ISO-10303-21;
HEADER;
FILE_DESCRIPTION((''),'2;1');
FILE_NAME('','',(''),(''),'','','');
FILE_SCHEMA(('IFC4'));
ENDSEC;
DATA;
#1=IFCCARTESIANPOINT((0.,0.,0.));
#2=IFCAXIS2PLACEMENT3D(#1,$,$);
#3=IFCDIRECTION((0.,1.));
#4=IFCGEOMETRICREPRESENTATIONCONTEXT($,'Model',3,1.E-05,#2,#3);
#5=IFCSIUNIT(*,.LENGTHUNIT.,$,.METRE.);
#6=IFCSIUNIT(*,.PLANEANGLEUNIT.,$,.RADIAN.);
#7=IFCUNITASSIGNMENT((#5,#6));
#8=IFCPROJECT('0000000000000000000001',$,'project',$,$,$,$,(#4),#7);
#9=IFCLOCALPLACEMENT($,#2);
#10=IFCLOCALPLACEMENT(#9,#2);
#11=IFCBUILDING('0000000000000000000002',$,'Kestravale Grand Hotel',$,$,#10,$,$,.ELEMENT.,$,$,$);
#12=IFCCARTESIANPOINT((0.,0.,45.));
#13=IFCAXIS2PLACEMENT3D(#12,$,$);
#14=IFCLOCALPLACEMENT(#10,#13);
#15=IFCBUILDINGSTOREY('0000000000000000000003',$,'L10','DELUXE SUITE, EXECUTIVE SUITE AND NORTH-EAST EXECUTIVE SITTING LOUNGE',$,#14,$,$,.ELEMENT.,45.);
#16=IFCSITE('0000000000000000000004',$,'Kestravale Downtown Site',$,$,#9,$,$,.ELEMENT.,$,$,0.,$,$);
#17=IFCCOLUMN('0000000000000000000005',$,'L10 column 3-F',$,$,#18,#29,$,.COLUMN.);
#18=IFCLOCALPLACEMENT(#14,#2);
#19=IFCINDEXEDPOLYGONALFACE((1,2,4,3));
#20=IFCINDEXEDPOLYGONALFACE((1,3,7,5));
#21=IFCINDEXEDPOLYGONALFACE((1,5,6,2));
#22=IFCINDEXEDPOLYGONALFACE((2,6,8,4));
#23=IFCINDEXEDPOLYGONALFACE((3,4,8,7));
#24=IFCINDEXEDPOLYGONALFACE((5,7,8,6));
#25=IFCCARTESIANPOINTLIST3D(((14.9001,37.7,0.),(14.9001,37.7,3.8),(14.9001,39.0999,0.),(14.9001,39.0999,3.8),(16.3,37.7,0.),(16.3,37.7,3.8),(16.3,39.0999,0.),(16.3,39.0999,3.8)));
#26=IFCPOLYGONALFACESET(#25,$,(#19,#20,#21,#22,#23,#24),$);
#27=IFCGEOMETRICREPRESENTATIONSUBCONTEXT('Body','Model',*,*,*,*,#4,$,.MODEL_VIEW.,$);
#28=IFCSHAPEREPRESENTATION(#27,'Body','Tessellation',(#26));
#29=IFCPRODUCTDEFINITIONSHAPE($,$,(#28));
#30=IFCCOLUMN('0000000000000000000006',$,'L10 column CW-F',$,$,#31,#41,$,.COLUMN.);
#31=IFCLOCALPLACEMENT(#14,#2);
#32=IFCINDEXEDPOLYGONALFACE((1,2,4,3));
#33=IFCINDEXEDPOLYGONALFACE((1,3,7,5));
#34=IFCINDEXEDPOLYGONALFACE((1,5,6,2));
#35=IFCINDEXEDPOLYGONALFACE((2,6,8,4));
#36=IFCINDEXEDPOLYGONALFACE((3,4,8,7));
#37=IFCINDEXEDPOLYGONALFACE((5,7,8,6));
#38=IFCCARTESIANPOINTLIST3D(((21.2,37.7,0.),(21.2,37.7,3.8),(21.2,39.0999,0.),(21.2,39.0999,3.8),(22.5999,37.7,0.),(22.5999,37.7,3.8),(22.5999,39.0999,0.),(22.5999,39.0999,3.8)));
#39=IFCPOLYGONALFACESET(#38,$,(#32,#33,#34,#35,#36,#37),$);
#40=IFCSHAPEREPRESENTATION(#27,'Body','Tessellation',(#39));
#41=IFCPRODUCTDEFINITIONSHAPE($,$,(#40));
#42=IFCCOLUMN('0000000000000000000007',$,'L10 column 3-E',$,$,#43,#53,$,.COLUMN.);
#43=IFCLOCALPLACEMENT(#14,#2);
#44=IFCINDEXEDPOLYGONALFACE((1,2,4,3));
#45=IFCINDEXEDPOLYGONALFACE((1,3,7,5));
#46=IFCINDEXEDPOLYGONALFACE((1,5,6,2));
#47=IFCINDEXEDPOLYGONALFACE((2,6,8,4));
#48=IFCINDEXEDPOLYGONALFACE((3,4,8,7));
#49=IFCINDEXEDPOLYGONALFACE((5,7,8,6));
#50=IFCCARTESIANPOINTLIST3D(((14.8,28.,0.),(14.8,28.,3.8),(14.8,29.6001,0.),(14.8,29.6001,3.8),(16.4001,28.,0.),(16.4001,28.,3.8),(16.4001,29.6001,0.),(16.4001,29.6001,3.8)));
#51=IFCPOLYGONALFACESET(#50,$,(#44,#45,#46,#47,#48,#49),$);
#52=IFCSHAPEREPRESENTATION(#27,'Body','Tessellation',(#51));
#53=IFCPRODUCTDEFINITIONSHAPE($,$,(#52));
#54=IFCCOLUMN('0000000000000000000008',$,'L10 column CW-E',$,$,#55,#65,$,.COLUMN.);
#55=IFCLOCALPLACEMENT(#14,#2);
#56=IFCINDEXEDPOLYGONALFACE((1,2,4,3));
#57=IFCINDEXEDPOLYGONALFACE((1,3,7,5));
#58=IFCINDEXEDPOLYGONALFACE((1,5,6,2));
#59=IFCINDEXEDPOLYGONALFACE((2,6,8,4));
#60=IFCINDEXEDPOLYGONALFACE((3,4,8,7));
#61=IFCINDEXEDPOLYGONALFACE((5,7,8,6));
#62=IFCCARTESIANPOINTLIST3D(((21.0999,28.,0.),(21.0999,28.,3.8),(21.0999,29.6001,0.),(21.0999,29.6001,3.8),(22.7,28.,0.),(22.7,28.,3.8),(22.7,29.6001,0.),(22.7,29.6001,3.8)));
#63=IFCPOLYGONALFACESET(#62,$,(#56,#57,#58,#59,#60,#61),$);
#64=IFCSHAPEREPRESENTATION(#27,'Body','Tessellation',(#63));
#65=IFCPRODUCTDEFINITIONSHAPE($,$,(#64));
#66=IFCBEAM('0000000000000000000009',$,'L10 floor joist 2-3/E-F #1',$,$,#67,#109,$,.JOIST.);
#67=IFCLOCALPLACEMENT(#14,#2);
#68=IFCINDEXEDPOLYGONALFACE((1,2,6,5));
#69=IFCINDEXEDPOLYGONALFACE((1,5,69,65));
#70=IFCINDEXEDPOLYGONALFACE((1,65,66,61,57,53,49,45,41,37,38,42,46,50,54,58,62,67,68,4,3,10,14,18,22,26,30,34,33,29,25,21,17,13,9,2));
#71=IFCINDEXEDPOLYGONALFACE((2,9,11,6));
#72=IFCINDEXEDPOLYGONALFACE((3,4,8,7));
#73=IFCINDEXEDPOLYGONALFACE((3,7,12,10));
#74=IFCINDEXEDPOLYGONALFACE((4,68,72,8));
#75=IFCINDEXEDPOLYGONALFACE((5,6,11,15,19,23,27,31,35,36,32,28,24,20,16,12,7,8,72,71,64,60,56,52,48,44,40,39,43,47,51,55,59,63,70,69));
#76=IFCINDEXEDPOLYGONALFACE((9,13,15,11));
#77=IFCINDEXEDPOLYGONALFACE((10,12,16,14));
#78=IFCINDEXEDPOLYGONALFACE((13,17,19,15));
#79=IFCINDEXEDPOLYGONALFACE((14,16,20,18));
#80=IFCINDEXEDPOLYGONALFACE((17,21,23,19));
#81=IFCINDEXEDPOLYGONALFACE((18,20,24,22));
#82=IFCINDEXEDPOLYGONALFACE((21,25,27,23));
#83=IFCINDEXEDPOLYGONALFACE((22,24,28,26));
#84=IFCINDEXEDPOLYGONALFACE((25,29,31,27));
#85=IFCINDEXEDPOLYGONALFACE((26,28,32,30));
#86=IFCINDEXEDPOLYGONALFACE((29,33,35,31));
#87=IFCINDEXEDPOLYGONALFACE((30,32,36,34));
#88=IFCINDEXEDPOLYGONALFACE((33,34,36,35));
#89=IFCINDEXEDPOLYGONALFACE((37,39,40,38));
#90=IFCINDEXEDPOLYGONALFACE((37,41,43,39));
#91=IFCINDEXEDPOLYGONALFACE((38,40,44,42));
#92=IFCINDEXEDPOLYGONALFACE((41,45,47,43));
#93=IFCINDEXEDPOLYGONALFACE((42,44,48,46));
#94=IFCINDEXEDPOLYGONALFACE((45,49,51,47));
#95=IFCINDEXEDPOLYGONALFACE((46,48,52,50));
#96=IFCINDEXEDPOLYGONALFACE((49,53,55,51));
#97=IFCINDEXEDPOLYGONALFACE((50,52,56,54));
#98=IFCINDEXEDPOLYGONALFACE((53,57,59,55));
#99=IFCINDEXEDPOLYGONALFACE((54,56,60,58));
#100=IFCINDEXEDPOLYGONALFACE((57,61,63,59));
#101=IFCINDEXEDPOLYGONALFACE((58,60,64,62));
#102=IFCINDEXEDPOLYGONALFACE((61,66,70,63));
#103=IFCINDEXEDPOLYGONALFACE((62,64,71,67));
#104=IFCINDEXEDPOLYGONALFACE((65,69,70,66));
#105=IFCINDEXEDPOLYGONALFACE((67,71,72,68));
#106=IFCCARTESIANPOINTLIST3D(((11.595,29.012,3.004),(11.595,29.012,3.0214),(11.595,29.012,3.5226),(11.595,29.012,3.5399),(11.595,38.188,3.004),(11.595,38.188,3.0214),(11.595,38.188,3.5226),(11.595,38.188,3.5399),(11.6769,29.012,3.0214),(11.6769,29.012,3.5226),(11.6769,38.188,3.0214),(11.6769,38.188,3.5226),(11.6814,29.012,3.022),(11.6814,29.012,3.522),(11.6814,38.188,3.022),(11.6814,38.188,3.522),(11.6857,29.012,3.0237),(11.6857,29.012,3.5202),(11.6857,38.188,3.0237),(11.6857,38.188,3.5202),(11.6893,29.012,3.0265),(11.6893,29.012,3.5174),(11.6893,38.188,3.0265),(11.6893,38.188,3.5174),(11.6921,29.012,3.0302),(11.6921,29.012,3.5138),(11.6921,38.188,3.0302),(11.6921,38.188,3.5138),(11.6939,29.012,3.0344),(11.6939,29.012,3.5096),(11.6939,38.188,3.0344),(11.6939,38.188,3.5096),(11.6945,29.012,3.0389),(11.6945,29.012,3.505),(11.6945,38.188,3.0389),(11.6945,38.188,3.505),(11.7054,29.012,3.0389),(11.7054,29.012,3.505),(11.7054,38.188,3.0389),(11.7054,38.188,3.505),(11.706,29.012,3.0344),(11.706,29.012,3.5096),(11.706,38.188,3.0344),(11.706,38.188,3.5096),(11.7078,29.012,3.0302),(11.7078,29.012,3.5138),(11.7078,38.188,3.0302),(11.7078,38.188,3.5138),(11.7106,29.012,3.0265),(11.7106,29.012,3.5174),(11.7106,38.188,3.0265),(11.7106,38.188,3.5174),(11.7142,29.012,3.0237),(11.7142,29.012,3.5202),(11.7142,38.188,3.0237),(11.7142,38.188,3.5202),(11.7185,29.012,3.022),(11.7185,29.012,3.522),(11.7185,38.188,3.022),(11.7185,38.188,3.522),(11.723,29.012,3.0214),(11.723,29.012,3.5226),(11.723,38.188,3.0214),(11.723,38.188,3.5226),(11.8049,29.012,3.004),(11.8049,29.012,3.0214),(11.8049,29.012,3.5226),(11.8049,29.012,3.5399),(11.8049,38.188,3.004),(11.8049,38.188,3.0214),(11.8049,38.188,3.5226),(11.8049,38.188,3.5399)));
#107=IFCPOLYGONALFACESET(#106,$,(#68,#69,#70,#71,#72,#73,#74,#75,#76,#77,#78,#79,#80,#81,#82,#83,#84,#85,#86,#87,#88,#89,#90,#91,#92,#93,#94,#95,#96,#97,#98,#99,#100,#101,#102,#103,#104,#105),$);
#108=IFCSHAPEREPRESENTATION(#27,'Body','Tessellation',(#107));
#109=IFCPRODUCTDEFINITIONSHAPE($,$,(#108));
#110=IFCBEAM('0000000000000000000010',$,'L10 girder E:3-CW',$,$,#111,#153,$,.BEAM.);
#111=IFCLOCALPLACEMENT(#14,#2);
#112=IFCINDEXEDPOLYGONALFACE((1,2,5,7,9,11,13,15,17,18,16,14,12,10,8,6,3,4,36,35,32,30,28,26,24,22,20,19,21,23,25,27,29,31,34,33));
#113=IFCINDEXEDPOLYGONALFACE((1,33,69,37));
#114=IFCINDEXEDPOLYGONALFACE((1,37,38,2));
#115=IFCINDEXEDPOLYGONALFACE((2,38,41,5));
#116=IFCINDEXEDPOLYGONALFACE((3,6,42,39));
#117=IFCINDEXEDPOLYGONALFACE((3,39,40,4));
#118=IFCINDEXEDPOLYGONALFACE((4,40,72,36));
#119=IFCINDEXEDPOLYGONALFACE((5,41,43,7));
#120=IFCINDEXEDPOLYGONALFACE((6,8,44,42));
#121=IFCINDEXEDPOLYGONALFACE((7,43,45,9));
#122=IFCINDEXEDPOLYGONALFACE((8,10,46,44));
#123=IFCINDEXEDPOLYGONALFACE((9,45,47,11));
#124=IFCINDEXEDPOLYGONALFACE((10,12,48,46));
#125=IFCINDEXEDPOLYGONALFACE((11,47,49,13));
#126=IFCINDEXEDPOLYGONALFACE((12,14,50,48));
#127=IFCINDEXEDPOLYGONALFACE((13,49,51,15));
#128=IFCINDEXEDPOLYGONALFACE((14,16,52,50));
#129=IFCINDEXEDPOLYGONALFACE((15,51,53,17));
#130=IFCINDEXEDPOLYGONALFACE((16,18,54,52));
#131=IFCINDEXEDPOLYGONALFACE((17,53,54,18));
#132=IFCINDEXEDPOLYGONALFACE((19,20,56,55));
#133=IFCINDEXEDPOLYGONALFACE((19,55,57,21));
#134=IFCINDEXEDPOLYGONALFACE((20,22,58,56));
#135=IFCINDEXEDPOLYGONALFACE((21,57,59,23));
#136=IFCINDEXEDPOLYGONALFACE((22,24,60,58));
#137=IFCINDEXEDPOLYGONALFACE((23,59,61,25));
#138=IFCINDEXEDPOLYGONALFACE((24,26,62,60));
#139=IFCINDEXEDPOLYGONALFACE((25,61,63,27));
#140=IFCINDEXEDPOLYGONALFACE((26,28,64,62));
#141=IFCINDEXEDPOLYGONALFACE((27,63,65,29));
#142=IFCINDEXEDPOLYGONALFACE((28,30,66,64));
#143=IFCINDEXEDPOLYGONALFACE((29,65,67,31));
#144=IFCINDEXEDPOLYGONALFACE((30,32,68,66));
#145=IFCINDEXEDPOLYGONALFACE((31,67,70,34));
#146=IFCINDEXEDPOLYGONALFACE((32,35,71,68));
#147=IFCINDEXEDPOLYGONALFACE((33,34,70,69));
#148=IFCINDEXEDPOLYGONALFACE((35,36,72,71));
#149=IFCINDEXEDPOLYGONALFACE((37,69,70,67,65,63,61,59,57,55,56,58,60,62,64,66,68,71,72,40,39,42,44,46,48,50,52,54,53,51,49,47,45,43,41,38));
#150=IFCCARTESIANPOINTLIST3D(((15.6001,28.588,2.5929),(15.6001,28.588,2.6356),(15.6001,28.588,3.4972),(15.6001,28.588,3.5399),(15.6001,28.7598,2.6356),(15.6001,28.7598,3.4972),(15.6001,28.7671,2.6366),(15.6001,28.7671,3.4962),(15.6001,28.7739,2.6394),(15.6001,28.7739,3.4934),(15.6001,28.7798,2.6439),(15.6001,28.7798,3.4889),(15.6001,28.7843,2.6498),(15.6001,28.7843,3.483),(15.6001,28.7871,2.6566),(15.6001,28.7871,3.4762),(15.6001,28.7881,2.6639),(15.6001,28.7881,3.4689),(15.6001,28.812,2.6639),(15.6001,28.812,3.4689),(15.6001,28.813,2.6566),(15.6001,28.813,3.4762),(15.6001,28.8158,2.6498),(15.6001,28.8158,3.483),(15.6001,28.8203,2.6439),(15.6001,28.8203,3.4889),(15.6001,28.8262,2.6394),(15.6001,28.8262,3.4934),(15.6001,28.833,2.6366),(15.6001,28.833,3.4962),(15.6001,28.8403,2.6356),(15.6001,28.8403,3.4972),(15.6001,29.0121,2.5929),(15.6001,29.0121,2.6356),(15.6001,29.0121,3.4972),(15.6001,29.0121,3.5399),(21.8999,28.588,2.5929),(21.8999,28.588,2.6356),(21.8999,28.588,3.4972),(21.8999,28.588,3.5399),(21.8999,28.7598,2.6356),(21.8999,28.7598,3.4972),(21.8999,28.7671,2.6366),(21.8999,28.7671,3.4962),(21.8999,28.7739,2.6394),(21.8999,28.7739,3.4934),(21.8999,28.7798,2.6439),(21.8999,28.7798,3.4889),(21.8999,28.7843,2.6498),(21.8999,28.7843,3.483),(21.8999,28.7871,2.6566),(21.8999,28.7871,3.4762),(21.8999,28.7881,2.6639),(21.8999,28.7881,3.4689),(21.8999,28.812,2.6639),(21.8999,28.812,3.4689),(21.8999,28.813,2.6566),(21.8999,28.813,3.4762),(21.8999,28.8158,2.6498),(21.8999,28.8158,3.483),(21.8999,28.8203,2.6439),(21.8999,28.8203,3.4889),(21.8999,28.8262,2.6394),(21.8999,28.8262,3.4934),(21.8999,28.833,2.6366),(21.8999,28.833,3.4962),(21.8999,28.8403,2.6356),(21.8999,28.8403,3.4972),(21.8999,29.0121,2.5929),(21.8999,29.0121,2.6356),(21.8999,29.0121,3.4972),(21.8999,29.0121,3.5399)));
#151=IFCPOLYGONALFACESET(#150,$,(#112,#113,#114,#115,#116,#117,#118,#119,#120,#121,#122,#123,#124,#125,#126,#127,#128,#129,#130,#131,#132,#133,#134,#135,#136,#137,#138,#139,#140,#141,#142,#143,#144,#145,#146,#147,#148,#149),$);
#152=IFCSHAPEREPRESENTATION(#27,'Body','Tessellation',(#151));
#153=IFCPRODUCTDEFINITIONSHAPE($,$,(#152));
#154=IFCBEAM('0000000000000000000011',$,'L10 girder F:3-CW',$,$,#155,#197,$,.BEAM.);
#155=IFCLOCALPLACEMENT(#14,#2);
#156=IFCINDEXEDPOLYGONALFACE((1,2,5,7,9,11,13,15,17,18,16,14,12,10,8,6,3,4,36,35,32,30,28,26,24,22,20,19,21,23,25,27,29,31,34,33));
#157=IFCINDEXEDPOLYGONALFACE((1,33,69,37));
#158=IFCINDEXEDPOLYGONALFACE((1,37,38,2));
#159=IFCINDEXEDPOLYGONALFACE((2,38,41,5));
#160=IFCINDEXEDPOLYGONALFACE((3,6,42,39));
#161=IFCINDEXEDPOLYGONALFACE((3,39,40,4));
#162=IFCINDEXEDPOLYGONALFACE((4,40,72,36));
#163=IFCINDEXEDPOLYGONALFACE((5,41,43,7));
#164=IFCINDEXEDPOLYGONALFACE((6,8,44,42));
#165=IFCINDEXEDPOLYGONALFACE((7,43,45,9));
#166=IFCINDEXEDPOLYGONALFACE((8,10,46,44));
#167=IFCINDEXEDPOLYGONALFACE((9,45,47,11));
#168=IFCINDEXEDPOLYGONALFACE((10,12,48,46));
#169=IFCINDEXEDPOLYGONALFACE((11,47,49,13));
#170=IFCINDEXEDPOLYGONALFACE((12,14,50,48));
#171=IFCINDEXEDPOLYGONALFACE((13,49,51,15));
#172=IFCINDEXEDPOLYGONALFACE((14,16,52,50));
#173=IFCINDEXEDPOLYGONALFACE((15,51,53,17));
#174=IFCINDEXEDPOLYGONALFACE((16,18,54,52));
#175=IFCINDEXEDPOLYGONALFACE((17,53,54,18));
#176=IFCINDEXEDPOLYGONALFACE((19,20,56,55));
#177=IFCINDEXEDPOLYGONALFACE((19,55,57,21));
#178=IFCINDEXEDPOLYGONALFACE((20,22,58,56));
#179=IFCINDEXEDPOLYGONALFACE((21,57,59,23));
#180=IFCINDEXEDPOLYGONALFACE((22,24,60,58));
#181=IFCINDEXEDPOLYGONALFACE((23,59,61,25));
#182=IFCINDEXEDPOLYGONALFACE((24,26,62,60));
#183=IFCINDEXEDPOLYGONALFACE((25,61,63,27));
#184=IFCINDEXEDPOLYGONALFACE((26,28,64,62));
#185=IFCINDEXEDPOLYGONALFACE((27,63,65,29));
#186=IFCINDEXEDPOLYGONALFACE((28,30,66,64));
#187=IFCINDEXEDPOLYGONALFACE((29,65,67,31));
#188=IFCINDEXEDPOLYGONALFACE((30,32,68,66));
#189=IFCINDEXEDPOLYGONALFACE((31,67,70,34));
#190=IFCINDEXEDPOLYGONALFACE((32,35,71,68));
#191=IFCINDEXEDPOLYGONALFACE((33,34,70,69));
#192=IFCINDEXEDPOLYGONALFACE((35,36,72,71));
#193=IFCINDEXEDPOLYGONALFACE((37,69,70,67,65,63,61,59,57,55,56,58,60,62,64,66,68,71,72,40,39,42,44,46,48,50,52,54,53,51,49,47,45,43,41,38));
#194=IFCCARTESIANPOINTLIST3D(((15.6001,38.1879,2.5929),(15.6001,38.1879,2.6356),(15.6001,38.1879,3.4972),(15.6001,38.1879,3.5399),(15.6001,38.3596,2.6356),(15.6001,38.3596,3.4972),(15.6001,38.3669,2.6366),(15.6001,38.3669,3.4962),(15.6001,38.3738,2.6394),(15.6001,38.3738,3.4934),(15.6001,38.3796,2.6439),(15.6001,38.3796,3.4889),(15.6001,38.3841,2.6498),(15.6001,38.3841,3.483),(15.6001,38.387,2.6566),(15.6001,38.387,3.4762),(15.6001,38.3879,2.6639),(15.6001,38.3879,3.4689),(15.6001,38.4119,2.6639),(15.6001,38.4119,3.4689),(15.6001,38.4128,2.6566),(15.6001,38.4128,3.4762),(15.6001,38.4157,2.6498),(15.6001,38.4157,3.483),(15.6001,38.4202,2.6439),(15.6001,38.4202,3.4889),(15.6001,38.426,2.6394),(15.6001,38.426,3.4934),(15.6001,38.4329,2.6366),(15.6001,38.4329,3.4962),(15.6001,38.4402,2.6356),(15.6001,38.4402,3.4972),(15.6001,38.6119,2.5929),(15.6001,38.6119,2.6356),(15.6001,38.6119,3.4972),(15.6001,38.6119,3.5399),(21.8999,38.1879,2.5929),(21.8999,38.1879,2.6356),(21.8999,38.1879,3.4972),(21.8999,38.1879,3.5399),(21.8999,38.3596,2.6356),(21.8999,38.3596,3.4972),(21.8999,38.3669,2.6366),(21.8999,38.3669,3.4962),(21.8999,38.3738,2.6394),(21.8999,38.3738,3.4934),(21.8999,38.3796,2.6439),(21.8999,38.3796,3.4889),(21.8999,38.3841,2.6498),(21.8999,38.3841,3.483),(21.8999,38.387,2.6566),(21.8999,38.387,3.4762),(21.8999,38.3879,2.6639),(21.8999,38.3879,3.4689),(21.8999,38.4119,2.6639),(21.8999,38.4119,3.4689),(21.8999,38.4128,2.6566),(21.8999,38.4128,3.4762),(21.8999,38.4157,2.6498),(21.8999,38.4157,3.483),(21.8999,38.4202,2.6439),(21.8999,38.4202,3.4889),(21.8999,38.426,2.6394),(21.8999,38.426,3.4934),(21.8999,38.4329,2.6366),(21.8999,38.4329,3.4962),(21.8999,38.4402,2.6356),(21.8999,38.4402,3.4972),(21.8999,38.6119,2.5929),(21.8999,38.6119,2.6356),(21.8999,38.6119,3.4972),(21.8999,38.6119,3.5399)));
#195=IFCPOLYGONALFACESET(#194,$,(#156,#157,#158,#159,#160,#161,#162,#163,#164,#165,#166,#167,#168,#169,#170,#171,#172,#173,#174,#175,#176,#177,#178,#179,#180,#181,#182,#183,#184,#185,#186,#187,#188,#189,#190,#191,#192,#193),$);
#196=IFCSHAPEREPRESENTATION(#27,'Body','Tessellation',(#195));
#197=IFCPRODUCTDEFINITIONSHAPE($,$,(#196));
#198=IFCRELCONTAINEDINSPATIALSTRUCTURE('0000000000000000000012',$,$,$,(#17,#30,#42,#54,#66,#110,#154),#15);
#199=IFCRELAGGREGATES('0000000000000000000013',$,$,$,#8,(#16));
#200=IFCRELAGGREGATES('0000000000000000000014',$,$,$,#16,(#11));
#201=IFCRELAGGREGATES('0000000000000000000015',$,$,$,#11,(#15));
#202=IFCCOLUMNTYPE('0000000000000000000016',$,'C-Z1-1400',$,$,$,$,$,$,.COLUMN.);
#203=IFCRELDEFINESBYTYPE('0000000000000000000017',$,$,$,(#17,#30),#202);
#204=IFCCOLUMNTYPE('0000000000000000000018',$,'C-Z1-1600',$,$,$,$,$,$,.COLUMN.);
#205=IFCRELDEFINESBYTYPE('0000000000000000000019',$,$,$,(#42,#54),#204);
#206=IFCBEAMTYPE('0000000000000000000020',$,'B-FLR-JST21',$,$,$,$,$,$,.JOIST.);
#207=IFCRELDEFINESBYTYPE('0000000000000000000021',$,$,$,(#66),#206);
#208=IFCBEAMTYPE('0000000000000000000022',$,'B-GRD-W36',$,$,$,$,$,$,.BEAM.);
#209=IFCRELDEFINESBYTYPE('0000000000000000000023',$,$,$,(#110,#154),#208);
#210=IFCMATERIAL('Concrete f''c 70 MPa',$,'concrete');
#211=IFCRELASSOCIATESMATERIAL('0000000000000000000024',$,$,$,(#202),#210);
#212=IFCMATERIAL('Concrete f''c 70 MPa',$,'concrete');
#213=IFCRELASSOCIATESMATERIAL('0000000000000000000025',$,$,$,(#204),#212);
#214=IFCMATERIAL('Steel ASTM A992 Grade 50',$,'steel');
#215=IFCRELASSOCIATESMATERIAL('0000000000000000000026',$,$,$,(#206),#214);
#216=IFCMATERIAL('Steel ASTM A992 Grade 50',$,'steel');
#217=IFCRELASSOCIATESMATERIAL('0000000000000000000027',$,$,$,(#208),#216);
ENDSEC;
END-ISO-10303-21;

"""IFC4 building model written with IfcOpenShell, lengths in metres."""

from ifc_helpers import new_model, si_unit, direction, frame, origin, origin_2d, place, context, subcontext, project, spatial, rectangle, i_section, extrude, material, material_profile, profile_set, type_object, element, save


model = new_model("IFC4")

# Units and contexts
model_context = context("Model", 3, precision=1e-05, world=origin(), true_north=direction((0.0, 1.0)))
body_context = subcontext(model_context, "Body", "Model", "MODEL_VIEW")
ifc_project = project(units=[si_unit("LENGTHUNIT", "METRE"), si_unit("PLANEANGLEUNIT", "RADIAN")], contexts=[model_context])

# Site, building, storey
site_placement = place(None, origin())
site = spatial("IfcSite", under=ifc_project, at=site_placement, Name="Kestravale Downtown Site", CompositionType="ELEMENT", RefElevation=0.0)
building_placement = place(site_placement, origin())
building = spatial("IfcBuilding", under=site, at=building_placement, Name="Kestravale Grand Hotel", CompositionType="ELEMENT")
storey_placement = place(building_placement, frame((0.0, 0.0, 45.0)))
storey = spatial("IfcBuildingStorey", under=building, at=storey_placement, Name="L10", Description="DELUXE SUITE, EXECUTIVE SUITE AND NORTH-EAST EXECUTIVE SITTING LOUNGE", CompositionType="ELEMENT", Elevation=45.0)

# Columns
ifc_material_1 = material(Name="Concrete f'c 70 MPa", Category="concrete")
ifc_material_profile_1 = material_profile(ifc_material_1, rectangle(XDim=1.3999, YDim=1.3999, at=origin_2d()))
ifc_profile_set_1 = profile_set([ifc_material_profile_1], Name="Concrete f'c 70 MPa")
column_type_1 = type_object("IfcColumnType", Name="C-Z1-1400", PredefinedType="COLUMN", material=ifc_profile_set_1)
for number, where, z_axis, x_axis, name in (
    (1, (15.6001, 38.3999, 0.0), (0.0, 0.0, 1.0), (1.0, 0.0, 0.0), "L10 column 3-F"),
    (2, (21.8999, 38.3999, 0.0), (0.0, 0.0, 1.0), (1.0, 0.0, 0.0), "L10 column CW-F"),
):
    element("IfcColumn", number, at=place(storey_placement, frame(where, z_axis=z_axis, x_axis=x_axis)), inside=storey, type_object=column_type_1, Name=name, PredefinedType="COLUMN", context=body_context, shape_type="SweptSolid", body=[
        extrude(rectangle(XDim=1.3999, YDim=1.3999, at=origin_2d()), origin(), (0.0, 0.0, 1.0), 3.8),
    ])
ifc_material_2 = material(Name="Concrete f'c 70 MPa", Category="concrete")
ifc_material_profile_2 = material_profile(ifc_material_2, rectangle(XDim=1.6001, YDim=1.6001, at=origin_2d()))
ifc_profile_set_2 = profile_set([ifc_material_profile_2], Name="Concrete f'c 70 MPa")
column_type_2 = type_object("IfcColumnType", Name="C-Z1-1600", PredefinedType="COLUMN", material=ifc_profile_set_2)
for number, where, z_axis, x_axis, name in (
    (3, (15.6001, 28.8, 0.0), (0.0, 0.0, 1.0), (1.0, 0.0, 0.0), "L10 column 3-E"),
    (4, (21.8999, 28.8, 0.0), (0.0, 0.0, 1.0), (1.0, 0.0, 0.0), "L10 column CW-E"),
):
    element("IfcColumn", number, at=place(storey_placement, frame(where, z_axis=z_axis, x_axis=x_axis)), inside=storey, type_object=column_type_2, Name=name, PredefinedType="COLUMN", context=body_context, shape_type="SweptSolid", body=[
        extrude(rectangle(XDim=1.6001, YDim=1.6001, at=origin_2d()), origin(), (0.0, 0.0, 1.0), 3.8),
    ])

# Beams
ifc_material_3 = material(Name="Steel ASTM A992 Grade 50", Category="steel")
ifc_material_profile_3 = material_profile(ifc_material_3, i_section(OverallWidth=0.21, OverallDepth=0.5359, WebThickness=0.011, FlangeThickness=0.0173, FilletRadius=0.0176, at=origin_2d()))
ifc_profile_set_3 = profile_set([ifc_material_profile_3], Name="Steel ASTM A992 Grade 50")
beam_type_1 = type_object("IfcBeamType", Name="B-FLR-JST21", PredefinedType="JOIST", material=ifc_profile_set_3)
beam_1_placement = place(storey_placement, frame((11.7, 29.012, 3.272), z_axis=(0.0, 1.0, 0.0), x_axis=(-1.0, 0.0, 0.0)))
element("IfcBeam", 5, at=beam_1_placement, inside=storey, type_object=beam_type_1, Name="L10 floor joist 2-3/E-F #1", PredefinedType="JOIST", context=body_context, shape_type="SweptSolid", body=[
    extrude(i_section(OverallWidth=0.21, OverallDepth=0.5359, WebThickness=0.011, FlangeThickness=0.0173, FilletRadius=0.0176, at=origin_2d()), origin(), (0.0, 0.0, 1.0), 9.176),
])
ifc_material_4 = material(Name="Steel ASTM A992 Grade 50", Category="steel")
ifc_material_profile_4 = material_profile(ifc_material_4, i_section(OverallWidth=0.4241, OverallDepth=0.947, WebThickness=0.0239, FlangeThickness=0.0427, FilletRadius=0.0283, at=origin_2d()))
ifc_profile_set_4 = profile_set([ifc_material_profile_4], Name="Steel ASTM A992 Grade 50")
beam_type_2 = type_object("IfcBeamType", Name="B-GRD-W36", PredefinedType="BEAM", material=ifc_profile_set_4)
for number, where, z_axis, x_axis, name in (
    (6, (15.6001, 28.8, 3.0664), (1.0, 0.0, 0.0), (0.0, 1.0, 0.0), "L10 girder E:3-CW"),
    (7, (15.6001, 38.3999, 3.0664), (1.0, 0.0, 0.0), (0.0, 1.0, 0.0), "L10 girder F:3-CW"),
):
    element("IfcBeam", number, at=place(storey_placement, frame(where, z_axis=z_axis, x_axis=x_axis)), inside=storey, type_object=beam_type_2, Name=name, PredefinedType="BEAM", context=body_context, shape_type="SweptSolid", body=[
        extrude(i_section(OverallWidth=0.4241, OverallDepth=0.947, WebThickness=0.0239, FlangeThickness=0.0427, FilletRadius=0.0283, at=origin_2d()), origin(), (0.0, 0.0, 1.0), 6.2998),
    ])

save(model, "model.ifc")
